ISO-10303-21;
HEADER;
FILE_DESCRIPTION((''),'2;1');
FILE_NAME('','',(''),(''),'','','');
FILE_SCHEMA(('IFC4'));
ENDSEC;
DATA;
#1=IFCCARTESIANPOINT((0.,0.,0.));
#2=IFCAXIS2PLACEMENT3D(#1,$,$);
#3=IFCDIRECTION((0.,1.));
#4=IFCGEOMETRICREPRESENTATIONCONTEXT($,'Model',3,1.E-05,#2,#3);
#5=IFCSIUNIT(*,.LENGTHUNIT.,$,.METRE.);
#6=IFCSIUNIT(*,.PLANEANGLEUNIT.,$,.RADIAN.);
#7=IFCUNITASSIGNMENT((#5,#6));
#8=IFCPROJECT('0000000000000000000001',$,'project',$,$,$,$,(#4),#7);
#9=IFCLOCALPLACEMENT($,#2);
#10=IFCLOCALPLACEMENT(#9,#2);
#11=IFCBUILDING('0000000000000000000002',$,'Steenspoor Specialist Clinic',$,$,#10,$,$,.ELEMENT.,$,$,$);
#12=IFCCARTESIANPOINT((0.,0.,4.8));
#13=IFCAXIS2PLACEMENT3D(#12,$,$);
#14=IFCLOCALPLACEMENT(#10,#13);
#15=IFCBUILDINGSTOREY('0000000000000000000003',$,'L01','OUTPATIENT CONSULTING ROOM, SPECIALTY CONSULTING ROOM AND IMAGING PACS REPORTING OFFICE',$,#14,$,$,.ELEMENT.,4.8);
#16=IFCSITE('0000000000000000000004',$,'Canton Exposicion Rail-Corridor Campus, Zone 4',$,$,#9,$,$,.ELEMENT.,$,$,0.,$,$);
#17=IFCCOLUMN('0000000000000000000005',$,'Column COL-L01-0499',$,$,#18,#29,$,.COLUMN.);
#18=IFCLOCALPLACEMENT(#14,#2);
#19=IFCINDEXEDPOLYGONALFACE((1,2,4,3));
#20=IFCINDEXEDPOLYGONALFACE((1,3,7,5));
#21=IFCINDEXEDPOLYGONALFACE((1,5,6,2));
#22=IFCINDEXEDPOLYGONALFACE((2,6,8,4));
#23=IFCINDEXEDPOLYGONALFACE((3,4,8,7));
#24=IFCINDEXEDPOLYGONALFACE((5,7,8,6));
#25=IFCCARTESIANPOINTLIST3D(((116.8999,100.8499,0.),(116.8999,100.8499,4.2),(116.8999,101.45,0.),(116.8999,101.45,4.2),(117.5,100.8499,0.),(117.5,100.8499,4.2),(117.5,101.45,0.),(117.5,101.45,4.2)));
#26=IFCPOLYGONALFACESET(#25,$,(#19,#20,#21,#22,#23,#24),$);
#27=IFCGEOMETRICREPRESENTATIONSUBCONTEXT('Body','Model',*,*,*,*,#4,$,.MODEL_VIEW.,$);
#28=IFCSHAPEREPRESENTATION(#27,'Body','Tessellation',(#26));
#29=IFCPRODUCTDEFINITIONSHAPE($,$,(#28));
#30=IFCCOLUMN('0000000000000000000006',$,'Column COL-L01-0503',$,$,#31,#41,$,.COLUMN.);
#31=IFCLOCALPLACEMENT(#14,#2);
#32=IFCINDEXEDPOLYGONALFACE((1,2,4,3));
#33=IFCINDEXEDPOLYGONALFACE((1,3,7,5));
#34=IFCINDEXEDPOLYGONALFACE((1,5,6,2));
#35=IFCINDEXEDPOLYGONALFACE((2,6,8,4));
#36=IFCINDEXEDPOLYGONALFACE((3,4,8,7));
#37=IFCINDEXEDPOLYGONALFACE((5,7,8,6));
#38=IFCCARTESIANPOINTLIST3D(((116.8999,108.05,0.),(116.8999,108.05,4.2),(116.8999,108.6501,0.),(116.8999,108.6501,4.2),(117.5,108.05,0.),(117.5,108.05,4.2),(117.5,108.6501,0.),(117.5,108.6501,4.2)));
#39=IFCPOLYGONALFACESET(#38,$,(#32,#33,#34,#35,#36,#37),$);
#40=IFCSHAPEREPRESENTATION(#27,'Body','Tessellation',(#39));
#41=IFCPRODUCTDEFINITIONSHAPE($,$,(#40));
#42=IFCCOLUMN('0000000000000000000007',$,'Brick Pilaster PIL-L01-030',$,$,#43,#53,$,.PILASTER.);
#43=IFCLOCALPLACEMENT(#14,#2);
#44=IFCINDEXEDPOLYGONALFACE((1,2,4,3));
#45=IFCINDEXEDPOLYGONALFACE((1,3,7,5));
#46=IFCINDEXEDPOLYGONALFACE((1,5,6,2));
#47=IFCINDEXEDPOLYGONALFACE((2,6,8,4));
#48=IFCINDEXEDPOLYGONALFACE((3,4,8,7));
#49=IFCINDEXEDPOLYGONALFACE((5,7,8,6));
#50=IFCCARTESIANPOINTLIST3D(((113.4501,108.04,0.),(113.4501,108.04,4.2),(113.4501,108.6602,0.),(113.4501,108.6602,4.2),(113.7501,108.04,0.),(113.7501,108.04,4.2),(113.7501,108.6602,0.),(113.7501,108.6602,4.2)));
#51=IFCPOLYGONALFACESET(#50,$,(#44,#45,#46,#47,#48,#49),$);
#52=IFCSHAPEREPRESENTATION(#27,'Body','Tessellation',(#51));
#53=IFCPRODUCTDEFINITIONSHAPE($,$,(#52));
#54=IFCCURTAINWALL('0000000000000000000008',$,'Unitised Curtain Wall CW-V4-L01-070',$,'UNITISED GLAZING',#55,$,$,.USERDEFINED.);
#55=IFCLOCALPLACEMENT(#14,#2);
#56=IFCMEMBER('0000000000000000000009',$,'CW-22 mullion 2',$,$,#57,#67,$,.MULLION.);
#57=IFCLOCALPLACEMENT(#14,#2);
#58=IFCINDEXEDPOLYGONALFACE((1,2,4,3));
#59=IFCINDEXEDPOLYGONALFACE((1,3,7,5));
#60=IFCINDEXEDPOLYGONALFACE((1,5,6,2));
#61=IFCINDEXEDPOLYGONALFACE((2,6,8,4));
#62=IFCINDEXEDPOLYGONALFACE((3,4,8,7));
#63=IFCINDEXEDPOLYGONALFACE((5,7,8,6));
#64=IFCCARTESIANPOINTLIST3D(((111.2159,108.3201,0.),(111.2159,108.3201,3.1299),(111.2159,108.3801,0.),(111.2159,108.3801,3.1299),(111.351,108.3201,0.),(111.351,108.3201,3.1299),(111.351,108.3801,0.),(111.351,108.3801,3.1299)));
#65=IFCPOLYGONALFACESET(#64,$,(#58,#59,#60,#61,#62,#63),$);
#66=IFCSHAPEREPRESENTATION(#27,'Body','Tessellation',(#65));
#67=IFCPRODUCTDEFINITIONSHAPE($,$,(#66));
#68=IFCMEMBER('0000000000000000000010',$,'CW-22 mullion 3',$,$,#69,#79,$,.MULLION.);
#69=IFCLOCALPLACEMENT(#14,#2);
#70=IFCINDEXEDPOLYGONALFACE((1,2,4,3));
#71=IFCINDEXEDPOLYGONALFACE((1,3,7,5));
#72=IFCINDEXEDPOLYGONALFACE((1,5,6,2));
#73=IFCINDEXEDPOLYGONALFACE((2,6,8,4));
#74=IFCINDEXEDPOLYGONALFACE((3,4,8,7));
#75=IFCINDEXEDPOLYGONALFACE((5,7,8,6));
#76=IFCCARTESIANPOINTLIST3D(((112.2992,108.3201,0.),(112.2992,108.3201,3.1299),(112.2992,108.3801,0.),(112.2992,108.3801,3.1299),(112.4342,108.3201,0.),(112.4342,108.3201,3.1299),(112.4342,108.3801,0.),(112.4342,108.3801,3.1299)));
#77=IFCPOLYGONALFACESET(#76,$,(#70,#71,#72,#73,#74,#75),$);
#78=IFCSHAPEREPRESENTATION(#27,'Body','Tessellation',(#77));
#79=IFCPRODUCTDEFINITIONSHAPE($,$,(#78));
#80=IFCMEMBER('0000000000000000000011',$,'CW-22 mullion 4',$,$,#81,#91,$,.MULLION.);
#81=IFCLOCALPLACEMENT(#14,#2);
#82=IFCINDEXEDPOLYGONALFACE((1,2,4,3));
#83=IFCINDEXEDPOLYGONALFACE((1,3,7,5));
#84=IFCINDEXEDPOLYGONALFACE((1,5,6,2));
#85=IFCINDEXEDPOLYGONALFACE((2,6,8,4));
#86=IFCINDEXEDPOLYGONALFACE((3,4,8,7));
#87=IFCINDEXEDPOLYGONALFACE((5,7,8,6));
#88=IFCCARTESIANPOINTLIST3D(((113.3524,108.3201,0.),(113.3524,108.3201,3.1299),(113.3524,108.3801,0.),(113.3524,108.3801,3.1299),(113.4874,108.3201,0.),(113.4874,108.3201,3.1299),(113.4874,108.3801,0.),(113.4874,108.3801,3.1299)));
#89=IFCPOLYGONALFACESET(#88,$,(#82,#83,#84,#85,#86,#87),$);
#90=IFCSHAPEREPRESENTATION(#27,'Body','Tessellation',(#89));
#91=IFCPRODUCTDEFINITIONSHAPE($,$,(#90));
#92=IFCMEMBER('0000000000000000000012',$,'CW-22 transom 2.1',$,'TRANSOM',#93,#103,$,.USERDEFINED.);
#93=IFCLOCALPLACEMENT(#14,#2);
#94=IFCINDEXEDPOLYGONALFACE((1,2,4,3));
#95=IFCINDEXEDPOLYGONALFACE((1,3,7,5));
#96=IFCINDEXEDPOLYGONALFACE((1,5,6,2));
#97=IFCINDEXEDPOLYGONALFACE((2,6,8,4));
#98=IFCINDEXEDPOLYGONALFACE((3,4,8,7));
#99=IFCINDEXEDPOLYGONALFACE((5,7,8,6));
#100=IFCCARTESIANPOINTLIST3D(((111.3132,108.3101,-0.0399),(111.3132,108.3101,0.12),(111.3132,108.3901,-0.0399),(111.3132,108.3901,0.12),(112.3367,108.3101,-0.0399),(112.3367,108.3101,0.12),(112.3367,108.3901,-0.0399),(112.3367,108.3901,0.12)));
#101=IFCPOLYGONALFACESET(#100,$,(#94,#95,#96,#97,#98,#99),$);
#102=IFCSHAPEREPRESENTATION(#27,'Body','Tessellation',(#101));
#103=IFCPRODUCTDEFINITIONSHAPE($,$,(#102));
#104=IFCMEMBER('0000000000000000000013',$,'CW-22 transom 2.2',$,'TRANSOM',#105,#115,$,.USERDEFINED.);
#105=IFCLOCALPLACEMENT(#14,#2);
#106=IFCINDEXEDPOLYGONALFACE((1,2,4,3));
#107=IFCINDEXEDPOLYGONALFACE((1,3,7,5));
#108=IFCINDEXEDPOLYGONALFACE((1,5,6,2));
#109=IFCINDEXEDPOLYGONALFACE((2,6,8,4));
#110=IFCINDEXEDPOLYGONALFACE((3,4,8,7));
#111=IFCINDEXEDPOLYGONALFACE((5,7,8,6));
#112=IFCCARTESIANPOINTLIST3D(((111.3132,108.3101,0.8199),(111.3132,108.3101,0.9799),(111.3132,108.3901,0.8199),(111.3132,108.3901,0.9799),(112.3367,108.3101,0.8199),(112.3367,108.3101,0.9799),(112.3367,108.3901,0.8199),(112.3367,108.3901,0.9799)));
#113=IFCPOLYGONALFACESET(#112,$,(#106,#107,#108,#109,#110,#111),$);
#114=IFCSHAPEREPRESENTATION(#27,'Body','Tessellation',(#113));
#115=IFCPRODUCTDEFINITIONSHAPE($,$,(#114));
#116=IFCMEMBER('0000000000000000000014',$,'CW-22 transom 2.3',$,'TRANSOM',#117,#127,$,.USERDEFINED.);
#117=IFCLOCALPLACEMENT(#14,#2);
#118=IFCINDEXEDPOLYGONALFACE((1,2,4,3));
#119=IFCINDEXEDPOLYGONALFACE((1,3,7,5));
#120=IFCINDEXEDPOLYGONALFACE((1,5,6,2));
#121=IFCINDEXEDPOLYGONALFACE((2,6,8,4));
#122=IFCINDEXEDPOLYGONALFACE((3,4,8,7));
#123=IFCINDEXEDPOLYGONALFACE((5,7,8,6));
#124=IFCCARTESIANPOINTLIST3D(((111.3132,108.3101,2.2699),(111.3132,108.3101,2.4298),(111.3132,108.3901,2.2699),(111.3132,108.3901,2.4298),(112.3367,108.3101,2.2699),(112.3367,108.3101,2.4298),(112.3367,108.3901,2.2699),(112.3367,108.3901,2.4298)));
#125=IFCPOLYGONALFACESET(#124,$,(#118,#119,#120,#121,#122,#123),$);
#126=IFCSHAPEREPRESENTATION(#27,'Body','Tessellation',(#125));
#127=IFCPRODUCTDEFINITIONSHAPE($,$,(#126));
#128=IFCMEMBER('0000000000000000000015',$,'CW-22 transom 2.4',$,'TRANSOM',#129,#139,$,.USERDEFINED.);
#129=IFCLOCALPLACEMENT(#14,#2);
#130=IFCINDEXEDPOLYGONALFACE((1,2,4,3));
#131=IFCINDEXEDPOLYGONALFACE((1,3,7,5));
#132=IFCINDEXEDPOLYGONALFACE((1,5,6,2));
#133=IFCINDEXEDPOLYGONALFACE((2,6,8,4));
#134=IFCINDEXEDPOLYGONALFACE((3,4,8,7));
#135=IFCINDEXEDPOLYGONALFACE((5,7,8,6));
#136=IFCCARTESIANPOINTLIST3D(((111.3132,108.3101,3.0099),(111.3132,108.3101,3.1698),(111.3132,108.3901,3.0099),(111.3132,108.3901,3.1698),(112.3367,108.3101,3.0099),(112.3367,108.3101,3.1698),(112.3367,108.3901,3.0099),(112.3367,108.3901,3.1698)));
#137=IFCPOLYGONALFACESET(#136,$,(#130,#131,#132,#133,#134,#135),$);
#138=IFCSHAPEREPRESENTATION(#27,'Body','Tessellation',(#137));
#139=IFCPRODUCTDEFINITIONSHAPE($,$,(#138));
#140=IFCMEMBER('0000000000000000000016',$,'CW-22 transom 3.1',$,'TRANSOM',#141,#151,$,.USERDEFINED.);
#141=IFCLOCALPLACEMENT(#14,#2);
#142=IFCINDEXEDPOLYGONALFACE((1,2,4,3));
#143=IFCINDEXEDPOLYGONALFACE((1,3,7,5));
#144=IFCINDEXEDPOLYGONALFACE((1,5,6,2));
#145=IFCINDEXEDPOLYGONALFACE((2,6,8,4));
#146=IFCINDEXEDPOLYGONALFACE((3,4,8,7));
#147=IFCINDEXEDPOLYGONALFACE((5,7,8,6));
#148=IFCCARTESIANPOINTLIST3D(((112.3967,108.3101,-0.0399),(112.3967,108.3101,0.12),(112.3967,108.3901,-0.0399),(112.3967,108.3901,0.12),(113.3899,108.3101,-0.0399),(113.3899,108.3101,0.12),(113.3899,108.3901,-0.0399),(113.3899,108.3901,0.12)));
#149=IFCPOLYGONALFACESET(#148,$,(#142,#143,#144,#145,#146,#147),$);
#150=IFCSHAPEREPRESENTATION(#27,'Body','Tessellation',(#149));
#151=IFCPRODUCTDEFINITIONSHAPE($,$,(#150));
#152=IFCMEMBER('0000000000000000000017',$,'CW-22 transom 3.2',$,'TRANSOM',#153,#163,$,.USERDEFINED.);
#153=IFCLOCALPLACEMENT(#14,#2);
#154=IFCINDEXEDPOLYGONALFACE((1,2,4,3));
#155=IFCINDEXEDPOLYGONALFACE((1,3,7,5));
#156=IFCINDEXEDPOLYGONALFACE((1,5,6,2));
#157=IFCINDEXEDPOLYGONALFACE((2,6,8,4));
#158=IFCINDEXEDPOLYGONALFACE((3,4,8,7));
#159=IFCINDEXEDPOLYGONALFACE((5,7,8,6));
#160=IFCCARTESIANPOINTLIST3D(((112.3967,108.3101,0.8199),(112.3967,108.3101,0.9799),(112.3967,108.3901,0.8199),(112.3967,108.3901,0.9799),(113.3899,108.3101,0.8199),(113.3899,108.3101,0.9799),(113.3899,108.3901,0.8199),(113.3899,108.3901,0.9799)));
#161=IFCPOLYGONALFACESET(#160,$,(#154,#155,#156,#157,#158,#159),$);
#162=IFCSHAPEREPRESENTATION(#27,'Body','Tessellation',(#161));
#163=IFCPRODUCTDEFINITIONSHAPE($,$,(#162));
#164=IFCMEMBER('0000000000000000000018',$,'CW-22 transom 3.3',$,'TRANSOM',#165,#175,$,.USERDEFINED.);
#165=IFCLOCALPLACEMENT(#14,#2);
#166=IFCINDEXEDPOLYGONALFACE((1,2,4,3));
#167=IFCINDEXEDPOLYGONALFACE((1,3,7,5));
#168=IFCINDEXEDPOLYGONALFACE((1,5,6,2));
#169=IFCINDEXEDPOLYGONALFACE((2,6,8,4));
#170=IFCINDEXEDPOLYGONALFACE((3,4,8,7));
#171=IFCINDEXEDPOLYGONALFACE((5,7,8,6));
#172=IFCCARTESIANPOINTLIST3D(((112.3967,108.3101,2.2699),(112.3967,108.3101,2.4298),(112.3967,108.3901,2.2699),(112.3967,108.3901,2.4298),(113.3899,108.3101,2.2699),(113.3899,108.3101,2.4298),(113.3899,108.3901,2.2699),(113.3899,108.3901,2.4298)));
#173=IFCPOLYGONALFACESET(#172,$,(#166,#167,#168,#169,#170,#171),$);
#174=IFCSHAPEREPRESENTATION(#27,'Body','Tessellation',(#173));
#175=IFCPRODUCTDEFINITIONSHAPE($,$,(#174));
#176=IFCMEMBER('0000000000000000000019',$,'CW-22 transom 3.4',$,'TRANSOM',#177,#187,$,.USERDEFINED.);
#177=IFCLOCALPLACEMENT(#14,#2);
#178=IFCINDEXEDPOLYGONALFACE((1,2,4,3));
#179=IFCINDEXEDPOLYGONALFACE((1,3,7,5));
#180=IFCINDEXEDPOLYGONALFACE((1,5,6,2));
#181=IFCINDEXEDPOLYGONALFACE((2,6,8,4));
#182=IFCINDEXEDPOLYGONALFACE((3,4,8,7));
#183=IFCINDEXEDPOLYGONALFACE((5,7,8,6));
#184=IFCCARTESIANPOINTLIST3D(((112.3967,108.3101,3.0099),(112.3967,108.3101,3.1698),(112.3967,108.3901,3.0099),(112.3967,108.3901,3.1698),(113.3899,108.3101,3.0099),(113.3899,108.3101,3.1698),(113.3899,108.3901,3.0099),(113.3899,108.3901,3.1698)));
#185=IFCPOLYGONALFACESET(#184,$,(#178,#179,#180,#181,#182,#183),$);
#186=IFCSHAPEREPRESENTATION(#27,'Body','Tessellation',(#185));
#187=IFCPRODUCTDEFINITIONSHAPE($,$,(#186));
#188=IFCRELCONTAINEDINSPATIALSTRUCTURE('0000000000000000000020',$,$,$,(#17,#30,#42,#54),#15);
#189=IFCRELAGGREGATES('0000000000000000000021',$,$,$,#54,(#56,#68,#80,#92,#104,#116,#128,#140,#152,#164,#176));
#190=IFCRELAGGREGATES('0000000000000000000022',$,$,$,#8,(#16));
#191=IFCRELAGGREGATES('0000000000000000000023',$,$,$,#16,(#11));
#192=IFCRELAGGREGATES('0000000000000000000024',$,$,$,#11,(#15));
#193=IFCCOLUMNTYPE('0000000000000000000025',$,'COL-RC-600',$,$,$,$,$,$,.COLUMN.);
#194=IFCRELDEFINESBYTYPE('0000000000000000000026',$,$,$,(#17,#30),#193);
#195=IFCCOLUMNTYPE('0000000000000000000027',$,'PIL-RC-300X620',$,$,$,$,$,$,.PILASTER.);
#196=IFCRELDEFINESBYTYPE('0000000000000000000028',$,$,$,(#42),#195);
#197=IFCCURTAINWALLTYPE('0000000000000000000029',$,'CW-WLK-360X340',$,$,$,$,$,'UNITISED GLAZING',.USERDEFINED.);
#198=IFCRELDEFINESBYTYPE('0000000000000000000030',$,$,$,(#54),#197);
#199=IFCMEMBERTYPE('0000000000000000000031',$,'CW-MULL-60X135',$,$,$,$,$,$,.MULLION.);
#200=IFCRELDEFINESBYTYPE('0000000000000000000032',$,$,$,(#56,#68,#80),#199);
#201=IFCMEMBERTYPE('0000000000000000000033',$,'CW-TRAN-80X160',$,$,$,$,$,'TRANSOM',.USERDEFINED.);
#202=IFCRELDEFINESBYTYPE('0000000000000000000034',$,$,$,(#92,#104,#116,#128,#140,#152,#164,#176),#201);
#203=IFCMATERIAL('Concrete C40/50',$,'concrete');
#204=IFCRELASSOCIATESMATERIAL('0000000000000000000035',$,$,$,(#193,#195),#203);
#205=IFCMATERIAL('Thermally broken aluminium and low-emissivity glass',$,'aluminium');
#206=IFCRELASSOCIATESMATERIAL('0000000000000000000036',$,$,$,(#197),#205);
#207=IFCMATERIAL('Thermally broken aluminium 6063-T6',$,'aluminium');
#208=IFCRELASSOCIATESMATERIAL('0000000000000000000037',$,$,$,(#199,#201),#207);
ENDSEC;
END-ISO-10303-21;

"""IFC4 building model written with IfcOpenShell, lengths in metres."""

from ifc_helpers import new_model, si_unit, direction, frame, origin, origin_2d, place, context, subcontext, project, spatial, rectangle, extrude, material, material_profile, profile_set, type_object, element, aggregate, save


model = new_model("IFC4")

# Units and contexts
model_context = context("Model", 3, precision=1e-05, world=origin(), true_north=direction((0.0, 1.0)))
body_context = subcontext(model_context, "Body", "Model", "MODEL_VIEW")
ifc_project = project(units=[si_unit("LENGTHUNIT", "METRE"), si_unit("PLANEANGLEUNIT", "RADIAN")], contexts=[model_context])

# Site, building, storey
site_placement = place(None, origin())
site = spatial("IfcSite", under=ifc_project, at=site_placement, Name="Canton Exposicion Rail-Corridor Campus, Zone 4", CompositionType="ELEMENT", RefElevation=0.0)
building_placement = place(site_placement, origin())
building = spatial("IfcBuilding", under=site, at=building_placement, Name="Steenspoor Specialist Clinic", CompositionType="ELEMENT")
storey_placement = place(building_placement, frame((0.0, 0.0, 4.8)))
storey = spatial("IfcBuildingStorey", under=building, at=storey_placement, Name="L01", Description="OUTPATIENT CONSULTING ROOM, SPECIALTY CONSULTING ROOM AND IMAGING PACS REPORTING OFFICE", CompositionType="ELEMENT", Elevation=4.8)

# Columns
ifc_material_1 = material(Name="Concrete C40/50", Category="concrete")
ifc_material_profile_1 = material_profile(ifc_material_1, rectangle(XDim=0.6001, YDim=0.6001, at=origin_2d()), Name="RC-COL-600X600")
ifc_profile_set_1 = profile_set([ifc_material_profile_1], Name="Concrete C40/50")
column_type_1 = type_object("IfcColumnType", Name="COL-RC-600", PredefinedType="COLUMN", material=ifc_profile_set_1)
for number, where, z_axis, x_axis, name in (
    (1, (117.2, 101.1499, 0.0), (0.0, 0.0, 1.0), (1.0, 0.0, 0.0), "Column COL-L01-0499"),
    (2, (117.2, 108.3501, 0.0), (0.0, 0.0, 1.0), (1.0, 0.0, 0.0), "Column COL-L01-0503"),
):
    element("IfcColumn", number, at=place(storey_placement, frame(where, z_axis=z_axis, x_axis=x_axis)), inside=storey, type_object=column_type_1, Name=name, PredefinedType="COLUMN", context=body_context, shape_type="SweptSolid", body=[
        extrude(rectangle(XDim=0.6001, YDim=0.6001, at=origin_2d()), origin(), (0.0, 0.0, 1.0), 4.2),
    ])
ifc_material_profile_2 = material_profile(ifc_material_1, rectangle(XDim=0.3, YDim=0.6201, at=origin_2d()), Name="RC-PIL-300X620")
ifc_profile_set_2 = profile_set([ifc_material_profile_2], Name="Concrete C40/50")
column_type_2 = type_object("IfcColumnType", Name="PIL-RC-300X620", PredefinedType="PILASTER", material=ifc_profile_set_2)
column_placement = place(storey_placement, frame((113.6001, 108.3501, 0.0), z_axis=(0.0, 0.0, 1.0), x_axis=(1.0, 0.0, 0.0)))
element("IfcColumn", 3, at=column_placement, inside=storey, type_object=column_type_2, Name="Brick Pilaster PIL-L01-030", PredefinedType="PILASTER", context=body_context, shape_type="SweptSolid", body=[
    extrude(rectangle(XDim=0.3, YDim=0.6201, at=origin_2d()), origin(), (0.0, 0.0, 1.0), 4.2),
])

# Curtain wall, members
ifc_material_2 = material(Name="Thermally broken aluminium and low-emissivity glass", Category="aluminium")
curtain_wall_type = type_object("IfcCurtainWallType", Name="CW-WLK-360X340", ElementType="UNITISED GLAZING", PredefinedType="USERDEFINED", material=ifc_material_2)
curtain_wall_placement = place(storey_placement, origin())
curtain_wall = element("IfcCurtainWall", 4, at=curtain_wall_placement, inside=storey, type_object=curtain_wall_type, Name="Unitised Curtain Wall CW-V4-L01-070", ObjectType="UNITISED GLAZING", PredefinedType="USERDEFINED")
ifc_material_3 = material(Name="Thermally broken aluminium 6063-T6", Category="aluminium")
ifc_material_profile_3 = material_profile(ifc_material_3, rectangle(XDim=0.0601, YDim=0.135, at=origin_2d()), Name="CWM-60X135")
ifc_profile_set_3 = profile_set([ifc_material_profile_3], Name="Thermally broken aluminium 6063-T6")
member_type_1 = type_object("IfcMemberType", Name="CW-MULL-60X135", PredefinedType="MULLION", material=ifc_profile_set_3)
member_1_placement = place(storey_placement, frame((111.2834, 108.3501, 0.0), z_axis=(0.0, 0.0, 1.0), x_axis=(0.0, 1.0, 0.0)))
member_1 = element("IfcMember", 5, at=member_1_placement, type_object=member_type_1, Name="CW-22 mullion 2", PredefinedType="MULLION", context=body_context, shape_type="SweptSolid", body=[
    extrude(rectangle(XDim=0.0601, YDim=0.135, at=origin_2d()), origin(), (0.0, 0.0, 1.0), 3.1299),
])
member_2_placement = place(storey_placement, frame((112.3667, 108.3501, 0.0), z_axis=(0.0, 0.0, 1.0), x_axis=(0.0, 1.0, 0.0)))
member_2 = element("IfcMember", 6, at=member_2_placement, type_object=member_type_1, Name="CW-22 mullion 3", PredefinedType="MULLION", context=body_context, shape_type="SweptSolid", body=[
    extrude(rectangle(XDim=0.0601, YDim=0.135, at=origin_2d()), origin(), (0.0, 0.0, 1.0), 3.1299),
])
member_3_placement = place(storey_placement, frame((113.4199, 108.3501, 0.0), z_axis=(0.0, 0.0, 1.0), x_axis=(0.0, 1.0, 0.0)))
member_3 = element("IfcMember", 7, at=member_3_placement, type_object=member_type_1, Name="CW-22 mullion 4", PredefinedType="MULLION", context=body_context, shape_type="SweptSolid", body=[
    extrude(rectangle(XDim=0.0601, YDim=0.135, at=origin_2d()), origin(), (0.0, 0.0, 1.0), 3.1299),
])
ifc_material_profile_4 = material_profile(ifc_material_3, rectangle(XDim=0.0801, YDim=0.1599, at=origin_2d()), Name="CWT-80X160")
ifc_profile_set_4 = profile_set([ifc_material_profile_4], Name="Thermally broken aluminium 6063-T6")
member_type_2 = type_object("IfcMemberType", Name="CW-TRAN-80X160", ElementType="TRANSOM", PredefinedType="USERDEFINED", material=ifc_profile_set_4)
member_4_placement = place(storey_placement, frame((111.3132, 108.3501, 0.04), z_axis=(1.0, 0.0, 0.0), x_axis=(0.0, 1.0, 0.0)))
member_4 = element("IfcMember", 8, at=member_4_placement, type_object=member_type_2, Name="CW-22 transom 2.1", ObjectType="TRANSOM", PredefinedType="USERDEFINED", context=body_context, shape_type="SweptSolid", body=[
    extrude(rectangle(XDim=0.0801, YDim=0.1599, at=origin_2d()), origin(), (0.0, 0.0, 1.0), 1.0234),
])
member_5_placement = place(storey_placement, frame((111.3132, 108.3501, 0.8999), z_axis=(1.0, 0.0, 0.0), x_axis=(0.0, 1.0, 0.0)))
member_5 = element("IfcMember", 9, at=member_5_placement, type_object=member_type_2, Name="CW-22 transom 2.2", ObjectType="TRANSOM", PredefinedType="USERDEFINED", context=body_context, shape_type="SweptSolid", body=[
    extrude(rectangle(XDim=0.0801, YDim=0.1599, at=origin_2d()), origin(), (0.0, 0.0, 1.0), 1.0234),
])
member_6_placement = place(storey_placement, frame((111.3132, 108.3501, 2.3499), z_axis=(1.0, 0.0, 0.0), x_axis=(0.0, 1.0, 0.0)))
member_6 = element("IfcMember", 10, at=member_6_placement, type_object=member_type_2, Name="CW-22 transom 2.3", ObjectType="TRANSOM", PredefinedType="USERDEFINED", context=body_context, shape_type="SweptSolid", body=[
    extrude(rectangle(XDim=0.0801, YDim=0.1599, at=origin_2d()), origin(), (0.0, 0.0, 1.0), 1.0234),
])
member_7_placement = place(storey_placement, frame((111.3132, 108.3501, 3.0898), z_axis=(1.0, 0.0, 0.0), x_axis=(0.0, 1.0, 0.0)))
member_7 = element("IfcMember", 11, at=member_7_placement, type_object=member_type_2, Name="CW-22 transom 2.4", ObjectType="TRANSOM", PredefinedType="USERDEFINED", context=body_context, shape_type="SweptSolid", body=[
    extrude(rectangle(XDim=0.0801, YDim=0.1599, at=origin_2d()), origin(), (0.0, 0.0, 1.0), 1.0234),
])
member_8_placement = place(storey_placement, frame((112.3967, 108.3501, 0.04), z_axis=(1.0, 0.0, 0.0), x_axis=(0.0, 1.0, 0.0)))
member_8 = element("IfcMember", 12, at=member_8_placement, type_object=member_type_2, Name="CW-22 transom 3.1", ObjectType="TRANSOM", PredefinedType="USERDEFINED", context=body_context, shape_type="SweptSolid", body=[
    extrude(rectangle(XDim=0.0801, YDim=0.1599, at=origin_2d()), origin(), (0.0, 0.0, 1.0), 0.9932),
])
member_9_placement = place(storey_placement, frame((112.3967, 108.3501, 0.8999), z_axis=(1.0, 0.0, 0.0), x_axis=(0.0, 1.0, 0.0)))
member_9 = element("IfcMember", 13, at=member_9_placement, type_object=member_type_2, Name="CW-22 transom 3.2", ObjectType="TRANSOM", PredefinedType="USERDEFINED", context=body_context, shape_type="SweptSolid", body=[
    extrude(rectangle(XDim=0.0801, YDim=0.1599, at=origin_2d()), origin(), (0.0, 0.0, 1.0), 0.9932),
])
member_10_placement = place(storey_placement, frame((112.3967, 108.3501, 2.3499), z_axis=(1.0, 0.0, 0.0), x_axis=(0.0, 1.0, 0.0)))
member_10 = element("IfcMember", 14, at=member_10_placement, type_object=member_type_2, Name="CW-22 transom 3.3", ObjectType="TRANSOM", PredefinedType="USERDEFINED", context=body_context, shape_type="SweptSolid", body=[
    extrude(rectangle(XDim=0.0801, YDim=0.1599, at=origin_2d()), origin(), (0.0, 0.0, 1.0), 0.9932),
])
member_11_placement = place(storey_placement, frame((112.3967, 108.3501, 3.0898), z_axis=(1.0, 0.0, 0.0), x_axis=(0.0, 1.0, 0.0)))
member_11 = element("IfcMember", 15, at=member_11_placement, type_object=member_type_2, Name="CW-22 transom 3.4", ObjectType="TRANSOM", PredefinedType="USERDEFINED", context=body_context, shape_type="SweptSolid", body=[
    extrude(rectangle(XDim=0.0801, YDim=0.1599, at=origin_2d()), origin(), (0.0, 0.0, 1.0), 0.9932),
])

aggregate(curtain_wall, [member_1, member_2, member_3, member_4, member_5, member_6, member_7, member_8, member_9, member_10, member_11])

save(model, "model.ifc")
